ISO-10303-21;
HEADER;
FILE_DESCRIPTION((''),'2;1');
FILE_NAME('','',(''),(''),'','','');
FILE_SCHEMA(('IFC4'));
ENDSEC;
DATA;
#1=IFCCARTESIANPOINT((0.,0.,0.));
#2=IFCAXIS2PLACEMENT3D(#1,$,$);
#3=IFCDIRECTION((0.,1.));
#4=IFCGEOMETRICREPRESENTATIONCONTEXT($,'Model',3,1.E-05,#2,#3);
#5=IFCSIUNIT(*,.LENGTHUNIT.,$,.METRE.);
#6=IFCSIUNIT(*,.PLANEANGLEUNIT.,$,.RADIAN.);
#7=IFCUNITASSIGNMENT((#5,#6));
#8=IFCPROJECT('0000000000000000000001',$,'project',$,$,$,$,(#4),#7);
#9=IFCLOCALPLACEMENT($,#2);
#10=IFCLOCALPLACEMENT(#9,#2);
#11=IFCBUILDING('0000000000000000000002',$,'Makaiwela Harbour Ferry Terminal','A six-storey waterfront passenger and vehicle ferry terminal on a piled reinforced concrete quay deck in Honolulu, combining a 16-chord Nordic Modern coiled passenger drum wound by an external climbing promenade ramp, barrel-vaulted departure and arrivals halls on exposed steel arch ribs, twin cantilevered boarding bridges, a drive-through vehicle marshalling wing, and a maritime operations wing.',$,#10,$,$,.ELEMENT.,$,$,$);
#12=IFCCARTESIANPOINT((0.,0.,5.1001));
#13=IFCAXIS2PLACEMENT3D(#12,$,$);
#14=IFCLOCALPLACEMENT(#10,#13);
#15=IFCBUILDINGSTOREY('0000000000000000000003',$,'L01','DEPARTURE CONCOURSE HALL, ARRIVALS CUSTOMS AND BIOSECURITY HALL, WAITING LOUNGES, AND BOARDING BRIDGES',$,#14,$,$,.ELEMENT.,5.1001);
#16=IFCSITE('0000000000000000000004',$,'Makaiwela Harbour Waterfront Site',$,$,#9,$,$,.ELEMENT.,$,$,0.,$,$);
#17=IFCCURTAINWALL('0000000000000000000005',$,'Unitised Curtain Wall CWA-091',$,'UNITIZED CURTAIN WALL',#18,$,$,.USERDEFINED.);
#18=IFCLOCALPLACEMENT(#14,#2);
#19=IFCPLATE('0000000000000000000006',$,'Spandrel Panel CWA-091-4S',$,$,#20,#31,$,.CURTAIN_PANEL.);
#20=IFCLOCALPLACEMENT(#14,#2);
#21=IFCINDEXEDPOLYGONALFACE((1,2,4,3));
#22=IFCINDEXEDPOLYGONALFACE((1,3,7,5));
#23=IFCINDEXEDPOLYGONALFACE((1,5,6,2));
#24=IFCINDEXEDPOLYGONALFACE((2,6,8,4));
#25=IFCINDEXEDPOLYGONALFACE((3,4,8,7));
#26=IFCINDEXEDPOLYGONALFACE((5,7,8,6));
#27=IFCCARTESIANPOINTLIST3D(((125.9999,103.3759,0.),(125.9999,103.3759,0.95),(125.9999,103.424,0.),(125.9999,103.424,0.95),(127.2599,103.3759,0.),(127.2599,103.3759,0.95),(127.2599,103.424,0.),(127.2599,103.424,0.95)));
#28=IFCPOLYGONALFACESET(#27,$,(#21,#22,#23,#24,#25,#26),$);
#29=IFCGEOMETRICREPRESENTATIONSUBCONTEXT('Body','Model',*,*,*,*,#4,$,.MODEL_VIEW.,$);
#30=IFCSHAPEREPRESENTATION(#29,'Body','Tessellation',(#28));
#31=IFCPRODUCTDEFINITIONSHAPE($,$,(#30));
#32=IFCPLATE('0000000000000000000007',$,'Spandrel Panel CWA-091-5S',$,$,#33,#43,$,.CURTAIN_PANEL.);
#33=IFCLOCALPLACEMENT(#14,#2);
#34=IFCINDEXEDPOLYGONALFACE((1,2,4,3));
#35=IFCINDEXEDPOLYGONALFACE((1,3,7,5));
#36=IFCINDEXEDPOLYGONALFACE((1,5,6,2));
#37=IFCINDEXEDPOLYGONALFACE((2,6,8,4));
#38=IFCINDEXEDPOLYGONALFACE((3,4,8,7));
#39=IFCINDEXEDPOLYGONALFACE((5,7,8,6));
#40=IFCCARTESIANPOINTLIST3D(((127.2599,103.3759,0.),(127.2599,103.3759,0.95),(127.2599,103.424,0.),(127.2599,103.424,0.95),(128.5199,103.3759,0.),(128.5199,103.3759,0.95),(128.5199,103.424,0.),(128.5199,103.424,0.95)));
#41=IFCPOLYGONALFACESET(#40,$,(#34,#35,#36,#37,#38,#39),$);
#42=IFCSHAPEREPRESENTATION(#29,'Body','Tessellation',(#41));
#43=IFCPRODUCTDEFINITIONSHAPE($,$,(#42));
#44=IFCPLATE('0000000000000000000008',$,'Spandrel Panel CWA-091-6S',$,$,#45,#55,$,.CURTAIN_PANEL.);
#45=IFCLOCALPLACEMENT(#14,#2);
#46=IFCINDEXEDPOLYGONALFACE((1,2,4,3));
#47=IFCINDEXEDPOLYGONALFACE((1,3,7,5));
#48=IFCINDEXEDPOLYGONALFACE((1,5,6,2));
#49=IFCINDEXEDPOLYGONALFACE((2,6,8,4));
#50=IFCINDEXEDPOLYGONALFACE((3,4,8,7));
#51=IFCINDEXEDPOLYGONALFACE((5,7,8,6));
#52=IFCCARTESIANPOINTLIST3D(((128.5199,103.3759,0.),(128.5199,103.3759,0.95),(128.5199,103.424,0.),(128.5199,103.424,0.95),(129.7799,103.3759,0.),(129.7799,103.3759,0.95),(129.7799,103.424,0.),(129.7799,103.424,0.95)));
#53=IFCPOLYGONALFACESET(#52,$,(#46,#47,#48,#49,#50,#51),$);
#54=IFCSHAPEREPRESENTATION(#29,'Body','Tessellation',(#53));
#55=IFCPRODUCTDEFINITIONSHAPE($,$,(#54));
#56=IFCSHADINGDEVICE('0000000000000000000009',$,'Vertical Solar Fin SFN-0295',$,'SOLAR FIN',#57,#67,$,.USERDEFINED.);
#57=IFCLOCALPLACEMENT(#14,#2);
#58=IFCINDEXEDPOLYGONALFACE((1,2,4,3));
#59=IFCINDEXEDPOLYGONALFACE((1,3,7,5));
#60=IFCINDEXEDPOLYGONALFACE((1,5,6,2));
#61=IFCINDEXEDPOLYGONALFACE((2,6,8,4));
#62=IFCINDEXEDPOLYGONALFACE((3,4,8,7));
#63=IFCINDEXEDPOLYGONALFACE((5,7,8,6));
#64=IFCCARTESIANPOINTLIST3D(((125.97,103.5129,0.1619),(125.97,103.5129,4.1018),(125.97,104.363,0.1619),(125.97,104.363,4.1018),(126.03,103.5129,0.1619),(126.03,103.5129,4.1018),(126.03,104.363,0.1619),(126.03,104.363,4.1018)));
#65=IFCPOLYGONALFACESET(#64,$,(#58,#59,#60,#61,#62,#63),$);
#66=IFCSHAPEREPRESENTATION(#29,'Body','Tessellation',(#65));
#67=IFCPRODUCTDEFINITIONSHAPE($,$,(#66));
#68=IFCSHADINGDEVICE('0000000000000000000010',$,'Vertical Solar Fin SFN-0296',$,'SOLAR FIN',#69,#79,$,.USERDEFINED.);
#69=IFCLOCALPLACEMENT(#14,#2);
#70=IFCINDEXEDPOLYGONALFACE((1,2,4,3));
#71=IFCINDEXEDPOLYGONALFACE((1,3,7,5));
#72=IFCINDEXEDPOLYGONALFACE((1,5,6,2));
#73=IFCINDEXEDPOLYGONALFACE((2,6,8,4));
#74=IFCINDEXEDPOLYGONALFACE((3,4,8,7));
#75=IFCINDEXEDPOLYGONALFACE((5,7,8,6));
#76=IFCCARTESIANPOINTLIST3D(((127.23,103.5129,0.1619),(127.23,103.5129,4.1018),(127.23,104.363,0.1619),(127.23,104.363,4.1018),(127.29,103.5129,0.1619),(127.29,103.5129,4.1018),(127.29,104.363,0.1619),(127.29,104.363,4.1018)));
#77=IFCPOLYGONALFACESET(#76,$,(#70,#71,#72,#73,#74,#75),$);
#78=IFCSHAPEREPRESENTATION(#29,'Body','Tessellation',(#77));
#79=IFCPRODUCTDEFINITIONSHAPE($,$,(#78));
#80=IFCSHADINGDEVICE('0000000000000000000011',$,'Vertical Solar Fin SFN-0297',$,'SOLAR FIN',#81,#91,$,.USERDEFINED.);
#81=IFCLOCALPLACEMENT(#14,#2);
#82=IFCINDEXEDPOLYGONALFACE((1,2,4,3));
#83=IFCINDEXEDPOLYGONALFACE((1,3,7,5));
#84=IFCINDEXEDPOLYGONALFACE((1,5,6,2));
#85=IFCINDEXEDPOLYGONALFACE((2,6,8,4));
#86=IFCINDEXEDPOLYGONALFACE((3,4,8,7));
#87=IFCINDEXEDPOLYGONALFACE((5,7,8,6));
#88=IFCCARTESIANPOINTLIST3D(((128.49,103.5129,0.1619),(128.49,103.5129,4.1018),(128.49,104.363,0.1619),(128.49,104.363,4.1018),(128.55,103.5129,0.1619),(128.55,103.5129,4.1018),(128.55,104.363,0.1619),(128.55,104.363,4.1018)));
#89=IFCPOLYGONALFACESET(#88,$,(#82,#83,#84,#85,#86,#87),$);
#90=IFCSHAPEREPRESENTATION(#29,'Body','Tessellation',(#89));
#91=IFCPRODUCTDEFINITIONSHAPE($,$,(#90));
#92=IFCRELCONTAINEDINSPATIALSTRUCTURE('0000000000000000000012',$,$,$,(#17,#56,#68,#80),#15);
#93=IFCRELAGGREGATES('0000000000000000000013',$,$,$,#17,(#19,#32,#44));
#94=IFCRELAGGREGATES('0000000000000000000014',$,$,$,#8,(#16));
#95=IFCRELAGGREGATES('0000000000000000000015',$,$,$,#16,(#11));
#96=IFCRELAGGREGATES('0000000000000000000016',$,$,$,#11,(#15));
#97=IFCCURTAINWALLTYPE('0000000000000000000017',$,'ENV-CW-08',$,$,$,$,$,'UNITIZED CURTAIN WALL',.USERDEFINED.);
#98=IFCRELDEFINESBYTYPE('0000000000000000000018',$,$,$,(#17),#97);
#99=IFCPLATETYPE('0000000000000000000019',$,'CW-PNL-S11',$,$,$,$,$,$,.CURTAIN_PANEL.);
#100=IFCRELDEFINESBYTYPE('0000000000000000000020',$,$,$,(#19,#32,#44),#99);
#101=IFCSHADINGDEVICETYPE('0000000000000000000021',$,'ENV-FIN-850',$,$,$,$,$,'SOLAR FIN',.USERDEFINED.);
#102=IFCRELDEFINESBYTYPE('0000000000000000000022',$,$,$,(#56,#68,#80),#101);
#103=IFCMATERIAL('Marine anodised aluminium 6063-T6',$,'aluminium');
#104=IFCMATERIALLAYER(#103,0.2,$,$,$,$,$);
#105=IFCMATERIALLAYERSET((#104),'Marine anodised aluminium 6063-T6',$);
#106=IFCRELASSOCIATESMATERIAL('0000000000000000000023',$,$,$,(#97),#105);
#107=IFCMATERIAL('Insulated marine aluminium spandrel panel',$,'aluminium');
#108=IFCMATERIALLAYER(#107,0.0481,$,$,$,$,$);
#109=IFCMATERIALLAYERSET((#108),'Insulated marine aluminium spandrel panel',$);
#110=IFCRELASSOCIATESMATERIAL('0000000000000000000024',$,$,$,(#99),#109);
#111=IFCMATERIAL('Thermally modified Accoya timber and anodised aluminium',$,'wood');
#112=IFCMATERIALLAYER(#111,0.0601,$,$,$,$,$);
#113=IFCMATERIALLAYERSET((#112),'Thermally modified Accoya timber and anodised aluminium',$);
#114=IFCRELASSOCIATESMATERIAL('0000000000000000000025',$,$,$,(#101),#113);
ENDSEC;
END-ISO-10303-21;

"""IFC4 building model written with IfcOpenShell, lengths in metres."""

from ifc_helpers import new_model, si_unit, direction, frame, origin, origin_2d, place, context, subcontext, project, spatial, rectangle, extrude, material, layer, layer_set, type_object, element, aggregate, save


model = new_model("IFC4")

# Units and contexts
model_context = context("Model", 3, precision=1e-05, world=origin(), true_north=direction((0.0, 1.0)))
body_context = subcontext(model_context, "Body", "Model", "MODEL_VIEW")
ifc_project = project(units=[si_unit("LENGTHUNIT", "METRE"), si_unit("PLANEANGLEUNIT", "RADIAN")], contexts=[model_context])

# Site, building, storey
site_placement = place(None, origin())
site = spatial("IfcSite", under=ifc_project, at=site_placement, Name="Makaiwela Harbour Waterfront Site", CompositionType="ELEMENT", RefElevation=0.0)
building_placement = place(site_placement, origin())
building = spatial("IfcBuilding", under=site, at=building_placement, Name="Makaiwela Harbour Ferry Terminal", Description="A six-storey waterfront passenger and vehicle ferry terminal on a piled reinforced concrete quay deck in Honolulu, combining a 16-chord Nordic Modern coiled passenger drum wound by an external climbing promenade ramp, barrel-vaulted departure and arrivals halls on exposed steel arch ribs, twin cantilevered boarding bridges, a drive-through vehicle marshalling wing, and a maritime operations wing.", CompositionType="ELEMENT")
storey_placement = place(building_placement, frame((0.0, 0.0, 5.1001)))
storey = spatial("IfcBuildingStorey", under=building, at=storey_placement, Name="L01", Description="DEPARTURE CONCOURSE HALL, ARRIVALS CUSTOMS AND BIOSECURITY HALL, WAITING LOUNGES, AND BOARDING BRIDGES", CompositionType="ELEMENT", Elevation=5.1001)

# Curtain wall
ifc_material_1 = material(Name="Marine anodised aluminium 6063-T6", Category="aluminium")
ifc_layer_1 = layer(ifc_material_1, 0.2)
ifc_layer_set_1 = layer_set([ifc_layer_1], Name="Marine anodised aluminium 6063-T6")
curtain_wall_type = type_object("IfcCurtainWallType", Name="ENV-CW-08", ElementType="UNITIZED CURTAIN WALL", PredefinedType="USERDEFINED", material=ifc_layer_set_1)
curtain_wall_1_placement = place(storey_placement, origin())
curtain_wall_1 = element("IfcCurtainWall", 1, at=curtain_wall_1_placement, inside=storey, type_object=curtain_wall_type, Name="Unitised Curtain Wall CWA-091", ObjectType="UNITIZED CURTAIN WALL", PredefinedType="USERDEFINED")

# Plates
ifc_material_2 = material(Name="Insulated marine aluminium spandrel panel", Category="aluminium")
ifc_layer_2 = layer(ifc_material_2, 0.0481)
ifc_layer_set_2 = layer_set([ifc_layer_2], Name="Insulated marine aluminium spandrel panel")
plate_type_1 = type_object("IfcPlateType", Name="CW-PNL-S11", PredefinedType="CURTAIN_PANEL", material=ifc_layer_set_2)
plate_1_placement = place(storey_placement, frame((126.6299, 103.3999, 0.0), z_axis=(0.0, 0.0, 1.0), x_axis=(1.0, 0.0, 0.0)))
plate_1 = element("IfcPlate", 2, at=plate_1_placement, type_object=plate_type_1, Name="Spandrel Panel CWA-091-4S", PredefinedType="CURTAIN_PANEL", context=body_context, shape_type="SweptSolid", body=[
    extrude(rectangle(XDim=1.26, YDim=0.0481, at=origin_2d()), origin(), (0.0, 0.0, 1.0), 0.95),
])
plate_2_placement = place(storey_placement, frame((127.8899, 103.3999, 0.0), z_axis=(0.0, 0.0, 1.0), x_axis=(1.0, 0.0, 0.0)))
plate_2 = element("IfcPlate", 3, at=plate_2_placement, type_object=plate_type_1, Name="Spandrel Panel CWA-091-5S", PredefinedType="CURTAIN_PANEL", context=body_context, shape_type="SweptSolid", body=[
    extrude(rectangle(XDim=1.26, YDim=0.0481, at=origin_2d()), origin(), (0.0, 0.0, 1.0), 0.95),
])
plate_3_placement = place(storey_placement, frame((129.1499, 103.3999, 0.0), z_axis=(0.0, 0.0, 1.0), x_axis=(1.0, 0.0, 0.0)))
plate_3 = element("IfcPlate", 4, at=plate_3_placement, type_object=plate_type_1, Name="Spandrel Panel CWA-091-6S", PredefinedType="CURTAIN_PANEL", context=body_context, shape_type="SweptSolid", body=[
    extrude(rectangle(XDim=1.26, YDim=0.0481, at=origin_2d()), origin(), (0.0, 0.0, 1.0), 0.95),
])
aggregate(curtain_wall_1, [plate_1, plate_2, plate_3])

# Shading devices
ifc_material_3 = material(Name="Thermally modified Accoya timber and anodised aluminium", Category="wood")
ifc_layer_3 = layer(ifc_material_3, 0.0601)
ifc_layer_set_3 = layer_set([ifc_layer_3], Name="Thermally modified Accoya timber and anodised aluminium")
shading_device_type = type_object("IfcShadingDeviceType", Name="ENV-FIN-850", ElementType="SOLAR FIN", PredefinedType="USERDEFINED", material=ifc_layer_set_3)
for number, where, z_axis, x_axis, name in (
    (5, (126.0, 103.938, 0.1619), (0.0, 0.0, 1.0), (0.0, 1.0, 0.0), "Vertical Solar Fin SFN-0295"),
    (6, (127.26, 103.938, 0.1619), (0.0, 0.0, 1.0), (0.0, 1.0, 0.0), "Vertical Solar Fin SFN-0296"),
    (7, (128.52, 103.938, 0.1619), (0.0, 0.0, 1.0), (0.0, 1.0, 0.0), "Vertical Solar Fin SFN-0297"),
):
    element("IfcShadingDevice", number, at=place(storey_placement, frame(where, z_axis=z_axis, x_axis=x_axis)), inside=storey, type_object=shading_device_type, Name=name, ObjectType="SOLAR FIN", PredefinedType="USERDEFINED", context=body_context, shape_type="SweptSolid", body=[
        extrude(rectangle(XDim=0.8501, YDim=0.0601, at=origin_2d()), origin(), (0.0, 0.0, 1.0), 3.9399),
    ])

save(model, "model.ifc")
